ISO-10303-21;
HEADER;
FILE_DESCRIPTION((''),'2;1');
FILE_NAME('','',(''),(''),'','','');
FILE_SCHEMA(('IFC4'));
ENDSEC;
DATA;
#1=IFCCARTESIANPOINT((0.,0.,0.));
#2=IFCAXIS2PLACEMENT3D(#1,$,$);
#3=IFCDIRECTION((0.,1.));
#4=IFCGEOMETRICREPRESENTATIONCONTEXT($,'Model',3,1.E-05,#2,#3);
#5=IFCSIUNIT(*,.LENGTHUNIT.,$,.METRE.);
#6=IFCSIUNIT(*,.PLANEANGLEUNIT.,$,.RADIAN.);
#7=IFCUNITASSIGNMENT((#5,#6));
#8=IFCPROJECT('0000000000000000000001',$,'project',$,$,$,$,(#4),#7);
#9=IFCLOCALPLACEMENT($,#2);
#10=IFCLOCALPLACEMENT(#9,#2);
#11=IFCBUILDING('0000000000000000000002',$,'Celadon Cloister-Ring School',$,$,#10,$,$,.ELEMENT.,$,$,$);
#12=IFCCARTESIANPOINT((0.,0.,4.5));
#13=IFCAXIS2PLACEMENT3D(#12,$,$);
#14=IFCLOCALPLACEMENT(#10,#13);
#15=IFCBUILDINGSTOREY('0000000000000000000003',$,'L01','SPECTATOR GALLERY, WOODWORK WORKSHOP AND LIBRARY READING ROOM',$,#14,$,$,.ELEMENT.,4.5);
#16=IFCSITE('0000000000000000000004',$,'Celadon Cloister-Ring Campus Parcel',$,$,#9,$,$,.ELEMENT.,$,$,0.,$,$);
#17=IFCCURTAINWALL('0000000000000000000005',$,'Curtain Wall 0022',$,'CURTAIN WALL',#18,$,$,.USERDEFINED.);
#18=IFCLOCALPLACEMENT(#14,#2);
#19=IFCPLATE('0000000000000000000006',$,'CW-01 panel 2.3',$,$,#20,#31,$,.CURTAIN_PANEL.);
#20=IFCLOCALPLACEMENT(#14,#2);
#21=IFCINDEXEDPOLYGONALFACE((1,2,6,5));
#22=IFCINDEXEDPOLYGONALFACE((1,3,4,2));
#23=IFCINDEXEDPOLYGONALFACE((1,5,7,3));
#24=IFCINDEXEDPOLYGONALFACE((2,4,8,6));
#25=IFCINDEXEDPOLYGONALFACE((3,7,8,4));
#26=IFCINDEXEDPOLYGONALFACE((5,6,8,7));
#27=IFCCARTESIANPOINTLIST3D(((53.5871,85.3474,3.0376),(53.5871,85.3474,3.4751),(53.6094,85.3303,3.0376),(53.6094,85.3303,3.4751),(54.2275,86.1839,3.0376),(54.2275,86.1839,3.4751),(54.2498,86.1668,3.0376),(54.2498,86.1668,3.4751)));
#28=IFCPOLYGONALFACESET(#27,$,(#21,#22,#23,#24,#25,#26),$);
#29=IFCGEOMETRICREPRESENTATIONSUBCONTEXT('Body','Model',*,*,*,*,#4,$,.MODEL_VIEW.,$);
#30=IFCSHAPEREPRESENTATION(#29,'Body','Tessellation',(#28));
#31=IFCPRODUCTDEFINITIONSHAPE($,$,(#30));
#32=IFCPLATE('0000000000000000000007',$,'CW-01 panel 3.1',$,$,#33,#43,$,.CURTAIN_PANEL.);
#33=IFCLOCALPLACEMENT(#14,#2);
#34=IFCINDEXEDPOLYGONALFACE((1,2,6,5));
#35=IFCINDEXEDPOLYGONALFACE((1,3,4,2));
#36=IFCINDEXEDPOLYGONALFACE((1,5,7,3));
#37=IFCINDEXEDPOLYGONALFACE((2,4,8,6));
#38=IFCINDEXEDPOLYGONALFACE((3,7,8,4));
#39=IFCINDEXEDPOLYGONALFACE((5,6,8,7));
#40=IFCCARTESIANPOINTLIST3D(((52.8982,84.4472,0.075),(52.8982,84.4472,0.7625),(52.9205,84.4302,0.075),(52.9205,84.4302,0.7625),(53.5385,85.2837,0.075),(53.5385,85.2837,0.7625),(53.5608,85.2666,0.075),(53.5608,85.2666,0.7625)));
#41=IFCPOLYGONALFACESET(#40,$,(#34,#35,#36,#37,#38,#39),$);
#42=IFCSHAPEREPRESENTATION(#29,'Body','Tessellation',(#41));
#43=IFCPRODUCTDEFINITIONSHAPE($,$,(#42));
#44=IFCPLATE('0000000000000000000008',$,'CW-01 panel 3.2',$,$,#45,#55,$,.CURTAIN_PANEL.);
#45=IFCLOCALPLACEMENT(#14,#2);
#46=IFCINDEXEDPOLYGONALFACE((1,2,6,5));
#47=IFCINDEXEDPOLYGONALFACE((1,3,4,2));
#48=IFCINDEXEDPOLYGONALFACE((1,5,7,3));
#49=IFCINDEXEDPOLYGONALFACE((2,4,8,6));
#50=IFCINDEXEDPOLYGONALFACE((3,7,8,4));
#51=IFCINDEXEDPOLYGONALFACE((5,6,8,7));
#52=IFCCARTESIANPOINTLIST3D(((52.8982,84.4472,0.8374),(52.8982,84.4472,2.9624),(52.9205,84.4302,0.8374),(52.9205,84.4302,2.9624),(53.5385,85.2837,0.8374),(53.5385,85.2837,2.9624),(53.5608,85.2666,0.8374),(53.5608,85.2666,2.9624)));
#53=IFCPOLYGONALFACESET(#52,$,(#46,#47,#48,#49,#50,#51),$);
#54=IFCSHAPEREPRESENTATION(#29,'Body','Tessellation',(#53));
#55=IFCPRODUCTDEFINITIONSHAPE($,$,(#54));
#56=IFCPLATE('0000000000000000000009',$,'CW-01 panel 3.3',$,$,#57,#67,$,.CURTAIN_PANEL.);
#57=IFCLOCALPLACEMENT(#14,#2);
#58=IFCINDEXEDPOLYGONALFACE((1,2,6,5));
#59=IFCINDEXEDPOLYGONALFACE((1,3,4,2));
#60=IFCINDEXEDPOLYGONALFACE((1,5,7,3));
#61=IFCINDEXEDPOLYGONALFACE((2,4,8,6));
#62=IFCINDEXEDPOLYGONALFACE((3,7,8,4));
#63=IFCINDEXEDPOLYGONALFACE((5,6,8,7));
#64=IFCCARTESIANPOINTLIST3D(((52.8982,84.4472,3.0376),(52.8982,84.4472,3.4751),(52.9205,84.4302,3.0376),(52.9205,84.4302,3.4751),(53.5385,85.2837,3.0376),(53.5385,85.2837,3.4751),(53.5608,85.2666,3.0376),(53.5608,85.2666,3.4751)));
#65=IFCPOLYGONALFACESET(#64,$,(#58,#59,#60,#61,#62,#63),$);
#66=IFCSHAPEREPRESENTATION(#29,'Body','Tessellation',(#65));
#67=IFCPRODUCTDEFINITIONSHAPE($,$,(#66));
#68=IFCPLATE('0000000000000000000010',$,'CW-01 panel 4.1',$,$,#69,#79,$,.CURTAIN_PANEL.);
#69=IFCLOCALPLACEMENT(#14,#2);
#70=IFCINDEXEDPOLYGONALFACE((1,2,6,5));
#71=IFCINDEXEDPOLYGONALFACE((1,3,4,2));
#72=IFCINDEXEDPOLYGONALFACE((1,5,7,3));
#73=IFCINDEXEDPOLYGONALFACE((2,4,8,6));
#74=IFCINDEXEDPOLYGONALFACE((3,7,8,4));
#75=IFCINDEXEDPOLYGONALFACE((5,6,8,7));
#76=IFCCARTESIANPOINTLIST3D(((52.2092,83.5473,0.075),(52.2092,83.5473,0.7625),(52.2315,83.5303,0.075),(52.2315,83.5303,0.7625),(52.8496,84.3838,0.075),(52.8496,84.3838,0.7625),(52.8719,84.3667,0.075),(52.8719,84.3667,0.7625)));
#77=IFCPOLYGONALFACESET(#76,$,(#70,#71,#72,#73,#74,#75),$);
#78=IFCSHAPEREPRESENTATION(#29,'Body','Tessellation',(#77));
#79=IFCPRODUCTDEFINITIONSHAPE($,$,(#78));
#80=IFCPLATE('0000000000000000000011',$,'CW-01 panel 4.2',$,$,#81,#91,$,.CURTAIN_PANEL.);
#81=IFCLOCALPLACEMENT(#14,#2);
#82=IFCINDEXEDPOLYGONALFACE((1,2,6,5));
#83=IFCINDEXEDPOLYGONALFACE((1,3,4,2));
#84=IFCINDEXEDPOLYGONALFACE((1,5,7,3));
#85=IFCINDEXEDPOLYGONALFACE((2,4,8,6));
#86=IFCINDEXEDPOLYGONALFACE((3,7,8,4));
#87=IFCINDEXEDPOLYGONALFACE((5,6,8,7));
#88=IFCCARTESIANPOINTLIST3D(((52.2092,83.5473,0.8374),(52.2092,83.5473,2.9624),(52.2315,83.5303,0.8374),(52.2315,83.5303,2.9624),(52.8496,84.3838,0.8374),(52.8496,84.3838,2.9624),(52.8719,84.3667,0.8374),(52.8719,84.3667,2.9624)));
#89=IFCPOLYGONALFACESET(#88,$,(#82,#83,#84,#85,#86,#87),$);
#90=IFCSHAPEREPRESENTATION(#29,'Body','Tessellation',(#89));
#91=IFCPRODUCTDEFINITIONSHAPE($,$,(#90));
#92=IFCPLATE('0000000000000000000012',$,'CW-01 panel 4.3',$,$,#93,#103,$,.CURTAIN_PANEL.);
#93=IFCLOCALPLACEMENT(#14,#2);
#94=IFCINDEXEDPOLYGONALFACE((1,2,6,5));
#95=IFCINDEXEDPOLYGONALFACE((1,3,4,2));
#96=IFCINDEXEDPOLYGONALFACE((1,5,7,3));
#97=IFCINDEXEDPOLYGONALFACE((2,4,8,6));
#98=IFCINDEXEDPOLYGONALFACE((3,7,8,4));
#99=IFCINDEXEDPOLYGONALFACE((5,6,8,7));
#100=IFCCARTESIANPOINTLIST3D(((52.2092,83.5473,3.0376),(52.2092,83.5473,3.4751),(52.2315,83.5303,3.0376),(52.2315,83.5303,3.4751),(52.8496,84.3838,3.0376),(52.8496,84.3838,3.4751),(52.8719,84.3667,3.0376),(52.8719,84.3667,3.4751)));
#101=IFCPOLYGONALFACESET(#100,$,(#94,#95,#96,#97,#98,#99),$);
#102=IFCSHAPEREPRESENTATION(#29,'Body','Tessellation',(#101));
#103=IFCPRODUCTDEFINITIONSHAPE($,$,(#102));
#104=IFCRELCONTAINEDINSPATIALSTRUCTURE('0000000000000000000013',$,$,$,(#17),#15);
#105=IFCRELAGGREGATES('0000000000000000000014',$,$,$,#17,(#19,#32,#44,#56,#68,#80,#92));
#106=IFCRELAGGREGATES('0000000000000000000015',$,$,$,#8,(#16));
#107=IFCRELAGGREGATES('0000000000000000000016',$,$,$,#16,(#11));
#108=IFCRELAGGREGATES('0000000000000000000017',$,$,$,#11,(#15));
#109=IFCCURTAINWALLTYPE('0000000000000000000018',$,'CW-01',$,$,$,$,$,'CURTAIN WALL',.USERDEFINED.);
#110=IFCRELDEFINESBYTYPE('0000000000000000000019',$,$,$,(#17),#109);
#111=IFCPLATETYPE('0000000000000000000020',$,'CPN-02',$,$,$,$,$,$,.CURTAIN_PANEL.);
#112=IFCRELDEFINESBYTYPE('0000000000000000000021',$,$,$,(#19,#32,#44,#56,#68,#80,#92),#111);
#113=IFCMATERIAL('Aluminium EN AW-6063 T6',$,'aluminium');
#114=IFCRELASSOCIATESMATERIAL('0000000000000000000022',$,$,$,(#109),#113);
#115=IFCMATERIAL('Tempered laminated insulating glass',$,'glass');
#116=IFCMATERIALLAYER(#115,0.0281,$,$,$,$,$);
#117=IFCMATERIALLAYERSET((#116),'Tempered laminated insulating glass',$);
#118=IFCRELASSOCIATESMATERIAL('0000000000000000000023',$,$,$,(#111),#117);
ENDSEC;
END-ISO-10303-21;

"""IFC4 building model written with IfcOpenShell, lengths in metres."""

from ifc_helpers import new_model, si_unit, direction, frame, origin, origin_2d, place, context, subcontext, project, spatial, rectangle, extrude, material, layer, layer_set, type_object, element, aggregate, save


model = new_model("IFC4")

# Units and contexts
model_context = context("Model", 3, precision=1e-05, world=origin(), true_north=direction((0.0, 1.0)))
body_context = subcontext(model_context, "Body", "Model", "MODEL_VIEW")
ifc_project = project(units=[si_unit("LENGTHUNIT", "METRE"), si_unit("PLANEANGLEUNIT", "RADIAN")], contexts=[model_context])

# Site, building, storey
site_placement = place(None, origin())
site = spatial("IfcSite", under=ifc_project, at=site_placement, Name="Celadon Cloister-Ring Campus Parcel", CompositionType="ELEMENT", RefElevation=0.0)
building_placement = place(site_placement, origin())
building = spatial("IfcBuilding", under=site, at=building_placement, Name="Celadon Cloister-Ring School", CompositionType="ELEMENT")
storey_placement = place(building_placement, frame((0.0, 0.0, 4.5)))
storey = spatial("IfcBuildingStorey", under=building, at=storey_placement, Name="L01", Description="SPECTATOR GALLERY, WOODWORK WORKSHOP AND LIBRARY READING ROOM", CompositionType="ELEMENT", Elevation=4.5)

# Curtain wall, plates
ifc_material_1 = material(Name="Aluminium EN AW-6063 T6", Category="aluminium")
curtain_wall_type = type_object("IfcCurtainWallType", Name="CW-01", ElementType="CURTAIN WALL", PredefinedType="USERDEFINED", material=ifc_material_1)
curtain_wall_placement = place(storey_placement, origin())
curtain_wall = element("IfcCurtainWall", 1, at=curtain_wall_placement, inside=storey, type_object=curtain_wall_type, Name="Curtain Wall 0022", ObjectType="CURTAIN WALL", PredefinedType="USERDEFINED")
ifc_material_2 = material(Name="Tempered laminated insulating glass", Category="glass")
ifc_layer = layer(ifc_material_2, 0.0281)
ifc_layer_set = layer_set([ifc_layer], Name="Tempered laminated insulating glass")
plate_type = type_object("IfcPlateType", Name="CPN-02", PredefinedType="CURTAIN_PANEL", material=ifc_layer_set)
plate_1_placement = place(storey_placement, frame((53.9185, 85.7571, 3.0376), z_axis=(0.0, 0.0, 1.0), x_axis=(-0.607876, -0.794032, 0.0)))
plate_1 = element("IfcPlate", 2, at=plate_1_placement, type_object=plate_type, Name="CW-01 panel 2.3", PredefinedType="CURTAIN_PANEL", context=body_context, shape_type="SweptSolid", body=[
    extrude(rectangle(XDim=1.0535, YDim=0.0281, at=origin_2d()), origin(), (0.0, 0.0, 1.0), 0.4375),
])
plate_2_placement = place(storey_placement, frame((53.2295, 84.8569, 0.075), z_axis=(0.0, 0.0, 1.0), x_axis=(-0.607876, -0.794032, 0.0)))
plate_2 = element("IfcPlate", 3, at=plate_2_placement, type_object=plate_type, Name="CW-01 panel 3.1", PredefinedType="CURTAIN_PANEL", context=body_context, shape_type="SweptSolid", body=[
    extrude(rectangle(XDim=1.0535, YDim=0.0281, at=origin_2d()), origin(), (0.0, 0.0, 1.0), 0.6875),
])
plate_3_placement = place(storey_placement, frame((53.2295, 84.8569, 0.8374), z_axis=(0.0, 0.0, 1.0), x_axis=(-0.607876, -0.794032, 0.0)))
plate_3 = element("IfcPlate", 4, at=plate_3_placement, type_object=plate_type, Name="CW-01 panel 3.2", PredefinedType="CURTAIN_PANEL", context=body_context, shape_type="SweptSolid", body=[
    extrude(rectangle(XDim=1.0535, YDim=0.0281, at=origin_2d()), origin(), (0.0, 0.0, 1.0), 2.125),
])
plate_4_placement = place(storey_placement, frame((53.2295, 84.8569, 3.0376), z_axis=(0.0, 0.0, 1.0), x_axis=(-0.607876, -0.794032, 0.0)))
plate_4 = element("IfcPlate", 5, at=plate_4_placement, type_object=plate_type, Name="CW-01 panel 3.3", PredefinedType="CURTAIN_PANEL", context=body_context, shape_type="SweptSolid", body=[
    extrude(rectangle(XDim=1.0535, YDim=0.0281, at=origin_2d()), origin(), (0.0, 0.0, 1.0), 0.4375),
])
plate_5_placement = place(storey_placement, frame((52.5405, 83.957, 0.075), z_axis=(0.0, 0.0, 1.0), x_axis=(-0.607876, -0.794032, 0.0)))
plate_5 = element("IfcPlate", 6, at=plate_5_placement, type_object=plate_type, Name="CW-01 panel 4.1", PredefinedType="CURTAIN_PANEL", context=body_context, shape_type="SweptSolid", body=[
    extrude(rectangle(XDim=1.0535, YDim=0.0281, at=origin_2d()), origin(), (0.0, 0.0, 1.0), 0.6875),
])
plate_6_placement = place(storey_placement, frame((52.5405, 83.957, 0.8374), z_axis=(0.0, 0.0, 1.0), x_axis=(-0.607876, -0.794032, 0.0)))
plate_6 = element("IfcPlate", 7, at=plate_6_placement, type_object=plate_type, Name="CW-01 panel 4.2", PredefinedType="CURTAIN_PANEL", context=body_context, shape_type="SweptSolid", body=[
    extrude(rectangle(XDim=1.0535, YDim=0.0281, at=origin_2d()), origin(), (0.0, 0.0, 1.0), 2.125),
])
plate_7_placement = place(storey_placement, frame((52.5405, 83.957, 3.0376), z_axis=(0.0, 0.0, 1.0), x_axis=(-0.607876, -0.794032, 0.0)))
plate_7 = element("IfcPlate", 8, at=plate_7_placement, type_object=plate_type, Name="CW-01 panel 4.3", PredefinedType="CURTAIN_PANEL", context=body_context, shape_type="SweptSolid", body=[
    extrude(rectangle(XDim=1.0535, YDim=0.0281, at=origin_2d()), origin(), (0.0, 0.0, 1.0), 0.4375),
])
aggregate(curtain_wall, [plate_1, plate_2, plate_3, plate_4, plate_5, plate_6, plate_7])

save(model, "model.ifc")
